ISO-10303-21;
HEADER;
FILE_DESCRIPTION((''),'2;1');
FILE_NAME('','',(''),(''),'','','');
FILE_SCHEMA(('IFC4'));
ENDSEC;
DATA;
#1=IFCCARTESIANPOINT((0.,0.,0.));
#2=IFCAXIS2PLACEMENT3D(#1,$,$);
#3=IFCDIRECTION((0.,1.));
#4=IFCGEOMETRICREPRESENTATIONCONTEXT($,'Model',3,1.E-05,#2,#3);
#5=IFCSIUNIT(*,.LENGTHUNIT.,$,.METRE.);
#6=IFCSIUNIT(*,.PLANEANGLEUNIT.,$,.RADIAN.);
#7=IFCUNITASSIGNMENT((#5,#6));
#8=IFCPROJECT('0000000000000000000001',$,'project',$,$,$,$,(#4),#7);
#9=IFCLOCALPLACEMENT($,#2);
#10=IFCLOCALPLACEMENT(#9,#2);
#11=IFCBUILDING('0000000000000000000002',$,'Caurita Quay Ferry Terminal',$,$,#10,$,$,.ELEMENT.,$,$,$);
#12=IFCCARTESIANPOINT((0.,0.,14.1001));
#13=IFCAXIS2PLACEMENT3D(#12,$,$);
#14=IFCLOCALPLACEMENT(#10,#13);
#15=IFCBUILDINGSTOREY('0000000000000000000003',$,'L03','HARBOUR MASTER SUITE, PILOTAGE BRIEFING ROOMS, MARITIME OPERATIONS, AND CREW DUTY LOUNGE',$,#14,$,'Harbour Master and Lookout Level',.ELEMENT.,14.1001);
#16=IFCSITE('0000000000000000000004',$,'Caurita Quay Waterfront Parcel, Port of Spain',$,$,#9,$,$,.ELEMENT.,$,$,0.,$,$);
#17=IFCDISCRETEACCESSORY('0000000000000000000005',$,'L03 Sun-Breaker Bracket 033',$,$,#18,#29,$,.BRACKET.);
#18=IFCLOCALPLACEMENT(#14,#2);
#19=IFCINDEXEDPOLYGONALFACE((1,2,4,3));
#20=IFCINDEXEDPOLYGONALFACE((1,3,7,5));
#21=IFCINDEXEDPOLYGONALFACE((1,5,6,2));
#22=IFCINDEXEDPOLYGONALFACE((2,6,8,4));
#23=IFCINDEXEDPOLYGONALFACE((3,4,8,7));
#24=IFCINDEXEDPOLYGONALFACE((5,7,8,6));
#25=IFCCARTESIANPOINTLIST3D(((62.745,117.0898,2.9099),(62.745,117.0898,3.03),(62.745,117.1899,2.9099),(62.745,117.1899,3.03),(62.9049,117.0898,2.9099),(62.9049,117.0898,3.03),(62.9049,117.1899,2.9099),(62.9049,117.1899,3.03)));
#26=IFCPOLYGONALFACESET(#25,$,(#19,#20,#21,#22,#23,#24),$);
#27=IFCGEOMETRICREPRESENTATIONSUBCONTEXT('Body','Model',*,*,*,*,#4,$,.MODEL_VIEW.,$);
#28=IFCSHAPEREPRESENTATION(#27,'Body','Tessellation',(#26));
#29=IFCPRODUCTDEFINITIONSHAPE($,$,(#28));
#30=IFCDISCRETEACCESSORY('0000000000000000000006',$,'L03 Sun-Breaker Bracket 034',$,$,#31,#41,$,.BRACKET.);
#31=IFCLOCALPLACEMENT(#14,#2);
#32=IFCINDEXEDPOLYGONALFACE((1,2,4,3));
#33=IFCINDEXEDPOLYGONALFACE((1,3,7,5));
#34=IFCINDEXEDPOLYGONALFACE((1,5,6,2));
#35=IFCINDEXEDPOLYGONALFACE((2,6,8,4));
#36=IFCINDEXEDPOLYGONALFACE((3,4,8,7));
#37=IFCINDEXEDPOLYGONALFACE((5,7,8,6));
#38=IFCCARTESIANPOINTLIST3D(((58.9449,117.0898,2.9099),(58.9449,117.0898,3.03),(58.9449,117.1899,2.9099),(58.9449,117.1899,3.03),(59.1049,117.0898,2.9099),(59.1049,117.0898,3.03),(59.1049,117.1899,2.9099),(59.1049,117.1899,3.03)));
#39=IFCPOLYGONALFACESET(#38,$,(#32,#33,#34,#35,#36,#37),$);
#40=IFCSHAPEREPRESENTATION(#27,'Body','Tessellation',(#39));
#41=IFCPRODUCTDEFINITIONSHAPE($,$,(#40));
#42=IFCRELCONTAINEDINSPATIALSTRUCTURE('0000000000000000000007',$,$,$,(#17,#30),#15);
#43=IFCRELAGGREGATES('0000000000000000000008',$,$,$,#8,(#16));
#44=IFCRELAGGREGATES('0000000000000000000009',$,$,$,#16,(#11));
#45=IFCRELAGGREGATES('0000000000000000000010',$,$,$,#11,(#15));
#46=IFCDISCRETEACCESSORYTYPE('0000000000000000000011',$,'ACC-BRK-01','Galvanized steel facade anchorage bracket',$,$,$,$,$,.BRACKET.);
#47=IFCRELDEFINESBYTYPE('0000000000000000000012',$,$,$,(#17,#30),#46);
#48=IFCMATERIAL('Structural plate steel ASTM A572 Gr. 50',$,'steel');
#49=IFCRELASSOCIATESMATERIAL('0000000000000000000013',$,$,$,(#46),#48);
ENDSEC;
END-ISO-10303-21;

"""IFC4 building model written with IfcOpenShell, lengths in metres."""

from ifc_helpers import new_model, si_unit, direction, frame, origin, origin_2d, place, context, subcontext, project, spatial, rectangle, extrude, material, type_object, element, save


model = new_model("IFC4")

# Units and contexts
model_context = context("Model", 3, precision=1e-05, world=origin(), true_north=direction((0.0, 1.0)))
body_context = subcontext(model_context, "Body", "Model", "MODEL_VIEW")
ifc_project = project(units=[si_unit("LENGTHUNIT", "METRE"), si_unit("PLANEANGLEUNIT", "RADIAN")], contexts=[model_context])

# Site, building, storey
site_placement = place(None, origin())
site = spatial("IfcSite", under=ifc_project, at=site_placement, Name="Caurita Quay Waterfront Parcel, Port of Spain", CompositionType="ELEMENT", RefElevation=0.0)
building_placement = place(site_placement, origin())
building = spatial("IfcBuilding", under=site, at=building_placement, Name="Caurita Quay Ferry Terminal", CompositionType="ELEMENT")
storey_placement = place(building_placement, frame((0.0, 0.0, 14.1001)))
storey = spatial("IfcBuildingStorey", under=building, at=storey_placement, Name="L03", Description="HARBOUR MASTER SUITE, PILOTAGE BRIEFING ROOMS, MARITIME OPERATIONS, AND CREW DUTY LOUNGE", LongName="Harbour Master and Lookout Level", CompositionType="ELEMENT", Elevation=14.1001)

# Discrete accessories
ifc_material_1 = material(Name="Structural plate steel ASTM A572 Gr. 50", Category="steel")
discrete_accessory_type = type_object("IfcDiscreteAccessoryType", Name="ACC-BRK-01", Description="Galvanized steel facade anchorage bracket", PredefinedType="BRACKET", material=ifc_material_1)
for number, where, z_axis, x_axis, name in (
    (1, (62.825, 117.1399, 2.9099), (0.0, 0.0, 1.0), (-1.0, 0.0, 0.0), "L03 Sun-Breaker Bracket 033"),
    (2, (59.0249, 117.1399, 2.9099), (0.0, 0.0, 1.0), (-1.0, 0.0, 0.0), "L03 Sun-Breaker Bracket 034"),
):
    element("IfcDiscreteAccessory", number, at=place(storey_placement, frame(where, z_axis=z_axis, x_axis=x_axis)), inside=storey, type_object=discrete_accessory_type, Name=name, PredefinedType="BRACKET", context=body_context, shape_type="SweptSolid", body=[
        extrude(rectangle(XDim=0.1599, YDim=0.1001, at=origin_2d()), origin(), (0.0, 0.0, 1.0), 0.1201),
    ])

save(model, "model.ifc")
